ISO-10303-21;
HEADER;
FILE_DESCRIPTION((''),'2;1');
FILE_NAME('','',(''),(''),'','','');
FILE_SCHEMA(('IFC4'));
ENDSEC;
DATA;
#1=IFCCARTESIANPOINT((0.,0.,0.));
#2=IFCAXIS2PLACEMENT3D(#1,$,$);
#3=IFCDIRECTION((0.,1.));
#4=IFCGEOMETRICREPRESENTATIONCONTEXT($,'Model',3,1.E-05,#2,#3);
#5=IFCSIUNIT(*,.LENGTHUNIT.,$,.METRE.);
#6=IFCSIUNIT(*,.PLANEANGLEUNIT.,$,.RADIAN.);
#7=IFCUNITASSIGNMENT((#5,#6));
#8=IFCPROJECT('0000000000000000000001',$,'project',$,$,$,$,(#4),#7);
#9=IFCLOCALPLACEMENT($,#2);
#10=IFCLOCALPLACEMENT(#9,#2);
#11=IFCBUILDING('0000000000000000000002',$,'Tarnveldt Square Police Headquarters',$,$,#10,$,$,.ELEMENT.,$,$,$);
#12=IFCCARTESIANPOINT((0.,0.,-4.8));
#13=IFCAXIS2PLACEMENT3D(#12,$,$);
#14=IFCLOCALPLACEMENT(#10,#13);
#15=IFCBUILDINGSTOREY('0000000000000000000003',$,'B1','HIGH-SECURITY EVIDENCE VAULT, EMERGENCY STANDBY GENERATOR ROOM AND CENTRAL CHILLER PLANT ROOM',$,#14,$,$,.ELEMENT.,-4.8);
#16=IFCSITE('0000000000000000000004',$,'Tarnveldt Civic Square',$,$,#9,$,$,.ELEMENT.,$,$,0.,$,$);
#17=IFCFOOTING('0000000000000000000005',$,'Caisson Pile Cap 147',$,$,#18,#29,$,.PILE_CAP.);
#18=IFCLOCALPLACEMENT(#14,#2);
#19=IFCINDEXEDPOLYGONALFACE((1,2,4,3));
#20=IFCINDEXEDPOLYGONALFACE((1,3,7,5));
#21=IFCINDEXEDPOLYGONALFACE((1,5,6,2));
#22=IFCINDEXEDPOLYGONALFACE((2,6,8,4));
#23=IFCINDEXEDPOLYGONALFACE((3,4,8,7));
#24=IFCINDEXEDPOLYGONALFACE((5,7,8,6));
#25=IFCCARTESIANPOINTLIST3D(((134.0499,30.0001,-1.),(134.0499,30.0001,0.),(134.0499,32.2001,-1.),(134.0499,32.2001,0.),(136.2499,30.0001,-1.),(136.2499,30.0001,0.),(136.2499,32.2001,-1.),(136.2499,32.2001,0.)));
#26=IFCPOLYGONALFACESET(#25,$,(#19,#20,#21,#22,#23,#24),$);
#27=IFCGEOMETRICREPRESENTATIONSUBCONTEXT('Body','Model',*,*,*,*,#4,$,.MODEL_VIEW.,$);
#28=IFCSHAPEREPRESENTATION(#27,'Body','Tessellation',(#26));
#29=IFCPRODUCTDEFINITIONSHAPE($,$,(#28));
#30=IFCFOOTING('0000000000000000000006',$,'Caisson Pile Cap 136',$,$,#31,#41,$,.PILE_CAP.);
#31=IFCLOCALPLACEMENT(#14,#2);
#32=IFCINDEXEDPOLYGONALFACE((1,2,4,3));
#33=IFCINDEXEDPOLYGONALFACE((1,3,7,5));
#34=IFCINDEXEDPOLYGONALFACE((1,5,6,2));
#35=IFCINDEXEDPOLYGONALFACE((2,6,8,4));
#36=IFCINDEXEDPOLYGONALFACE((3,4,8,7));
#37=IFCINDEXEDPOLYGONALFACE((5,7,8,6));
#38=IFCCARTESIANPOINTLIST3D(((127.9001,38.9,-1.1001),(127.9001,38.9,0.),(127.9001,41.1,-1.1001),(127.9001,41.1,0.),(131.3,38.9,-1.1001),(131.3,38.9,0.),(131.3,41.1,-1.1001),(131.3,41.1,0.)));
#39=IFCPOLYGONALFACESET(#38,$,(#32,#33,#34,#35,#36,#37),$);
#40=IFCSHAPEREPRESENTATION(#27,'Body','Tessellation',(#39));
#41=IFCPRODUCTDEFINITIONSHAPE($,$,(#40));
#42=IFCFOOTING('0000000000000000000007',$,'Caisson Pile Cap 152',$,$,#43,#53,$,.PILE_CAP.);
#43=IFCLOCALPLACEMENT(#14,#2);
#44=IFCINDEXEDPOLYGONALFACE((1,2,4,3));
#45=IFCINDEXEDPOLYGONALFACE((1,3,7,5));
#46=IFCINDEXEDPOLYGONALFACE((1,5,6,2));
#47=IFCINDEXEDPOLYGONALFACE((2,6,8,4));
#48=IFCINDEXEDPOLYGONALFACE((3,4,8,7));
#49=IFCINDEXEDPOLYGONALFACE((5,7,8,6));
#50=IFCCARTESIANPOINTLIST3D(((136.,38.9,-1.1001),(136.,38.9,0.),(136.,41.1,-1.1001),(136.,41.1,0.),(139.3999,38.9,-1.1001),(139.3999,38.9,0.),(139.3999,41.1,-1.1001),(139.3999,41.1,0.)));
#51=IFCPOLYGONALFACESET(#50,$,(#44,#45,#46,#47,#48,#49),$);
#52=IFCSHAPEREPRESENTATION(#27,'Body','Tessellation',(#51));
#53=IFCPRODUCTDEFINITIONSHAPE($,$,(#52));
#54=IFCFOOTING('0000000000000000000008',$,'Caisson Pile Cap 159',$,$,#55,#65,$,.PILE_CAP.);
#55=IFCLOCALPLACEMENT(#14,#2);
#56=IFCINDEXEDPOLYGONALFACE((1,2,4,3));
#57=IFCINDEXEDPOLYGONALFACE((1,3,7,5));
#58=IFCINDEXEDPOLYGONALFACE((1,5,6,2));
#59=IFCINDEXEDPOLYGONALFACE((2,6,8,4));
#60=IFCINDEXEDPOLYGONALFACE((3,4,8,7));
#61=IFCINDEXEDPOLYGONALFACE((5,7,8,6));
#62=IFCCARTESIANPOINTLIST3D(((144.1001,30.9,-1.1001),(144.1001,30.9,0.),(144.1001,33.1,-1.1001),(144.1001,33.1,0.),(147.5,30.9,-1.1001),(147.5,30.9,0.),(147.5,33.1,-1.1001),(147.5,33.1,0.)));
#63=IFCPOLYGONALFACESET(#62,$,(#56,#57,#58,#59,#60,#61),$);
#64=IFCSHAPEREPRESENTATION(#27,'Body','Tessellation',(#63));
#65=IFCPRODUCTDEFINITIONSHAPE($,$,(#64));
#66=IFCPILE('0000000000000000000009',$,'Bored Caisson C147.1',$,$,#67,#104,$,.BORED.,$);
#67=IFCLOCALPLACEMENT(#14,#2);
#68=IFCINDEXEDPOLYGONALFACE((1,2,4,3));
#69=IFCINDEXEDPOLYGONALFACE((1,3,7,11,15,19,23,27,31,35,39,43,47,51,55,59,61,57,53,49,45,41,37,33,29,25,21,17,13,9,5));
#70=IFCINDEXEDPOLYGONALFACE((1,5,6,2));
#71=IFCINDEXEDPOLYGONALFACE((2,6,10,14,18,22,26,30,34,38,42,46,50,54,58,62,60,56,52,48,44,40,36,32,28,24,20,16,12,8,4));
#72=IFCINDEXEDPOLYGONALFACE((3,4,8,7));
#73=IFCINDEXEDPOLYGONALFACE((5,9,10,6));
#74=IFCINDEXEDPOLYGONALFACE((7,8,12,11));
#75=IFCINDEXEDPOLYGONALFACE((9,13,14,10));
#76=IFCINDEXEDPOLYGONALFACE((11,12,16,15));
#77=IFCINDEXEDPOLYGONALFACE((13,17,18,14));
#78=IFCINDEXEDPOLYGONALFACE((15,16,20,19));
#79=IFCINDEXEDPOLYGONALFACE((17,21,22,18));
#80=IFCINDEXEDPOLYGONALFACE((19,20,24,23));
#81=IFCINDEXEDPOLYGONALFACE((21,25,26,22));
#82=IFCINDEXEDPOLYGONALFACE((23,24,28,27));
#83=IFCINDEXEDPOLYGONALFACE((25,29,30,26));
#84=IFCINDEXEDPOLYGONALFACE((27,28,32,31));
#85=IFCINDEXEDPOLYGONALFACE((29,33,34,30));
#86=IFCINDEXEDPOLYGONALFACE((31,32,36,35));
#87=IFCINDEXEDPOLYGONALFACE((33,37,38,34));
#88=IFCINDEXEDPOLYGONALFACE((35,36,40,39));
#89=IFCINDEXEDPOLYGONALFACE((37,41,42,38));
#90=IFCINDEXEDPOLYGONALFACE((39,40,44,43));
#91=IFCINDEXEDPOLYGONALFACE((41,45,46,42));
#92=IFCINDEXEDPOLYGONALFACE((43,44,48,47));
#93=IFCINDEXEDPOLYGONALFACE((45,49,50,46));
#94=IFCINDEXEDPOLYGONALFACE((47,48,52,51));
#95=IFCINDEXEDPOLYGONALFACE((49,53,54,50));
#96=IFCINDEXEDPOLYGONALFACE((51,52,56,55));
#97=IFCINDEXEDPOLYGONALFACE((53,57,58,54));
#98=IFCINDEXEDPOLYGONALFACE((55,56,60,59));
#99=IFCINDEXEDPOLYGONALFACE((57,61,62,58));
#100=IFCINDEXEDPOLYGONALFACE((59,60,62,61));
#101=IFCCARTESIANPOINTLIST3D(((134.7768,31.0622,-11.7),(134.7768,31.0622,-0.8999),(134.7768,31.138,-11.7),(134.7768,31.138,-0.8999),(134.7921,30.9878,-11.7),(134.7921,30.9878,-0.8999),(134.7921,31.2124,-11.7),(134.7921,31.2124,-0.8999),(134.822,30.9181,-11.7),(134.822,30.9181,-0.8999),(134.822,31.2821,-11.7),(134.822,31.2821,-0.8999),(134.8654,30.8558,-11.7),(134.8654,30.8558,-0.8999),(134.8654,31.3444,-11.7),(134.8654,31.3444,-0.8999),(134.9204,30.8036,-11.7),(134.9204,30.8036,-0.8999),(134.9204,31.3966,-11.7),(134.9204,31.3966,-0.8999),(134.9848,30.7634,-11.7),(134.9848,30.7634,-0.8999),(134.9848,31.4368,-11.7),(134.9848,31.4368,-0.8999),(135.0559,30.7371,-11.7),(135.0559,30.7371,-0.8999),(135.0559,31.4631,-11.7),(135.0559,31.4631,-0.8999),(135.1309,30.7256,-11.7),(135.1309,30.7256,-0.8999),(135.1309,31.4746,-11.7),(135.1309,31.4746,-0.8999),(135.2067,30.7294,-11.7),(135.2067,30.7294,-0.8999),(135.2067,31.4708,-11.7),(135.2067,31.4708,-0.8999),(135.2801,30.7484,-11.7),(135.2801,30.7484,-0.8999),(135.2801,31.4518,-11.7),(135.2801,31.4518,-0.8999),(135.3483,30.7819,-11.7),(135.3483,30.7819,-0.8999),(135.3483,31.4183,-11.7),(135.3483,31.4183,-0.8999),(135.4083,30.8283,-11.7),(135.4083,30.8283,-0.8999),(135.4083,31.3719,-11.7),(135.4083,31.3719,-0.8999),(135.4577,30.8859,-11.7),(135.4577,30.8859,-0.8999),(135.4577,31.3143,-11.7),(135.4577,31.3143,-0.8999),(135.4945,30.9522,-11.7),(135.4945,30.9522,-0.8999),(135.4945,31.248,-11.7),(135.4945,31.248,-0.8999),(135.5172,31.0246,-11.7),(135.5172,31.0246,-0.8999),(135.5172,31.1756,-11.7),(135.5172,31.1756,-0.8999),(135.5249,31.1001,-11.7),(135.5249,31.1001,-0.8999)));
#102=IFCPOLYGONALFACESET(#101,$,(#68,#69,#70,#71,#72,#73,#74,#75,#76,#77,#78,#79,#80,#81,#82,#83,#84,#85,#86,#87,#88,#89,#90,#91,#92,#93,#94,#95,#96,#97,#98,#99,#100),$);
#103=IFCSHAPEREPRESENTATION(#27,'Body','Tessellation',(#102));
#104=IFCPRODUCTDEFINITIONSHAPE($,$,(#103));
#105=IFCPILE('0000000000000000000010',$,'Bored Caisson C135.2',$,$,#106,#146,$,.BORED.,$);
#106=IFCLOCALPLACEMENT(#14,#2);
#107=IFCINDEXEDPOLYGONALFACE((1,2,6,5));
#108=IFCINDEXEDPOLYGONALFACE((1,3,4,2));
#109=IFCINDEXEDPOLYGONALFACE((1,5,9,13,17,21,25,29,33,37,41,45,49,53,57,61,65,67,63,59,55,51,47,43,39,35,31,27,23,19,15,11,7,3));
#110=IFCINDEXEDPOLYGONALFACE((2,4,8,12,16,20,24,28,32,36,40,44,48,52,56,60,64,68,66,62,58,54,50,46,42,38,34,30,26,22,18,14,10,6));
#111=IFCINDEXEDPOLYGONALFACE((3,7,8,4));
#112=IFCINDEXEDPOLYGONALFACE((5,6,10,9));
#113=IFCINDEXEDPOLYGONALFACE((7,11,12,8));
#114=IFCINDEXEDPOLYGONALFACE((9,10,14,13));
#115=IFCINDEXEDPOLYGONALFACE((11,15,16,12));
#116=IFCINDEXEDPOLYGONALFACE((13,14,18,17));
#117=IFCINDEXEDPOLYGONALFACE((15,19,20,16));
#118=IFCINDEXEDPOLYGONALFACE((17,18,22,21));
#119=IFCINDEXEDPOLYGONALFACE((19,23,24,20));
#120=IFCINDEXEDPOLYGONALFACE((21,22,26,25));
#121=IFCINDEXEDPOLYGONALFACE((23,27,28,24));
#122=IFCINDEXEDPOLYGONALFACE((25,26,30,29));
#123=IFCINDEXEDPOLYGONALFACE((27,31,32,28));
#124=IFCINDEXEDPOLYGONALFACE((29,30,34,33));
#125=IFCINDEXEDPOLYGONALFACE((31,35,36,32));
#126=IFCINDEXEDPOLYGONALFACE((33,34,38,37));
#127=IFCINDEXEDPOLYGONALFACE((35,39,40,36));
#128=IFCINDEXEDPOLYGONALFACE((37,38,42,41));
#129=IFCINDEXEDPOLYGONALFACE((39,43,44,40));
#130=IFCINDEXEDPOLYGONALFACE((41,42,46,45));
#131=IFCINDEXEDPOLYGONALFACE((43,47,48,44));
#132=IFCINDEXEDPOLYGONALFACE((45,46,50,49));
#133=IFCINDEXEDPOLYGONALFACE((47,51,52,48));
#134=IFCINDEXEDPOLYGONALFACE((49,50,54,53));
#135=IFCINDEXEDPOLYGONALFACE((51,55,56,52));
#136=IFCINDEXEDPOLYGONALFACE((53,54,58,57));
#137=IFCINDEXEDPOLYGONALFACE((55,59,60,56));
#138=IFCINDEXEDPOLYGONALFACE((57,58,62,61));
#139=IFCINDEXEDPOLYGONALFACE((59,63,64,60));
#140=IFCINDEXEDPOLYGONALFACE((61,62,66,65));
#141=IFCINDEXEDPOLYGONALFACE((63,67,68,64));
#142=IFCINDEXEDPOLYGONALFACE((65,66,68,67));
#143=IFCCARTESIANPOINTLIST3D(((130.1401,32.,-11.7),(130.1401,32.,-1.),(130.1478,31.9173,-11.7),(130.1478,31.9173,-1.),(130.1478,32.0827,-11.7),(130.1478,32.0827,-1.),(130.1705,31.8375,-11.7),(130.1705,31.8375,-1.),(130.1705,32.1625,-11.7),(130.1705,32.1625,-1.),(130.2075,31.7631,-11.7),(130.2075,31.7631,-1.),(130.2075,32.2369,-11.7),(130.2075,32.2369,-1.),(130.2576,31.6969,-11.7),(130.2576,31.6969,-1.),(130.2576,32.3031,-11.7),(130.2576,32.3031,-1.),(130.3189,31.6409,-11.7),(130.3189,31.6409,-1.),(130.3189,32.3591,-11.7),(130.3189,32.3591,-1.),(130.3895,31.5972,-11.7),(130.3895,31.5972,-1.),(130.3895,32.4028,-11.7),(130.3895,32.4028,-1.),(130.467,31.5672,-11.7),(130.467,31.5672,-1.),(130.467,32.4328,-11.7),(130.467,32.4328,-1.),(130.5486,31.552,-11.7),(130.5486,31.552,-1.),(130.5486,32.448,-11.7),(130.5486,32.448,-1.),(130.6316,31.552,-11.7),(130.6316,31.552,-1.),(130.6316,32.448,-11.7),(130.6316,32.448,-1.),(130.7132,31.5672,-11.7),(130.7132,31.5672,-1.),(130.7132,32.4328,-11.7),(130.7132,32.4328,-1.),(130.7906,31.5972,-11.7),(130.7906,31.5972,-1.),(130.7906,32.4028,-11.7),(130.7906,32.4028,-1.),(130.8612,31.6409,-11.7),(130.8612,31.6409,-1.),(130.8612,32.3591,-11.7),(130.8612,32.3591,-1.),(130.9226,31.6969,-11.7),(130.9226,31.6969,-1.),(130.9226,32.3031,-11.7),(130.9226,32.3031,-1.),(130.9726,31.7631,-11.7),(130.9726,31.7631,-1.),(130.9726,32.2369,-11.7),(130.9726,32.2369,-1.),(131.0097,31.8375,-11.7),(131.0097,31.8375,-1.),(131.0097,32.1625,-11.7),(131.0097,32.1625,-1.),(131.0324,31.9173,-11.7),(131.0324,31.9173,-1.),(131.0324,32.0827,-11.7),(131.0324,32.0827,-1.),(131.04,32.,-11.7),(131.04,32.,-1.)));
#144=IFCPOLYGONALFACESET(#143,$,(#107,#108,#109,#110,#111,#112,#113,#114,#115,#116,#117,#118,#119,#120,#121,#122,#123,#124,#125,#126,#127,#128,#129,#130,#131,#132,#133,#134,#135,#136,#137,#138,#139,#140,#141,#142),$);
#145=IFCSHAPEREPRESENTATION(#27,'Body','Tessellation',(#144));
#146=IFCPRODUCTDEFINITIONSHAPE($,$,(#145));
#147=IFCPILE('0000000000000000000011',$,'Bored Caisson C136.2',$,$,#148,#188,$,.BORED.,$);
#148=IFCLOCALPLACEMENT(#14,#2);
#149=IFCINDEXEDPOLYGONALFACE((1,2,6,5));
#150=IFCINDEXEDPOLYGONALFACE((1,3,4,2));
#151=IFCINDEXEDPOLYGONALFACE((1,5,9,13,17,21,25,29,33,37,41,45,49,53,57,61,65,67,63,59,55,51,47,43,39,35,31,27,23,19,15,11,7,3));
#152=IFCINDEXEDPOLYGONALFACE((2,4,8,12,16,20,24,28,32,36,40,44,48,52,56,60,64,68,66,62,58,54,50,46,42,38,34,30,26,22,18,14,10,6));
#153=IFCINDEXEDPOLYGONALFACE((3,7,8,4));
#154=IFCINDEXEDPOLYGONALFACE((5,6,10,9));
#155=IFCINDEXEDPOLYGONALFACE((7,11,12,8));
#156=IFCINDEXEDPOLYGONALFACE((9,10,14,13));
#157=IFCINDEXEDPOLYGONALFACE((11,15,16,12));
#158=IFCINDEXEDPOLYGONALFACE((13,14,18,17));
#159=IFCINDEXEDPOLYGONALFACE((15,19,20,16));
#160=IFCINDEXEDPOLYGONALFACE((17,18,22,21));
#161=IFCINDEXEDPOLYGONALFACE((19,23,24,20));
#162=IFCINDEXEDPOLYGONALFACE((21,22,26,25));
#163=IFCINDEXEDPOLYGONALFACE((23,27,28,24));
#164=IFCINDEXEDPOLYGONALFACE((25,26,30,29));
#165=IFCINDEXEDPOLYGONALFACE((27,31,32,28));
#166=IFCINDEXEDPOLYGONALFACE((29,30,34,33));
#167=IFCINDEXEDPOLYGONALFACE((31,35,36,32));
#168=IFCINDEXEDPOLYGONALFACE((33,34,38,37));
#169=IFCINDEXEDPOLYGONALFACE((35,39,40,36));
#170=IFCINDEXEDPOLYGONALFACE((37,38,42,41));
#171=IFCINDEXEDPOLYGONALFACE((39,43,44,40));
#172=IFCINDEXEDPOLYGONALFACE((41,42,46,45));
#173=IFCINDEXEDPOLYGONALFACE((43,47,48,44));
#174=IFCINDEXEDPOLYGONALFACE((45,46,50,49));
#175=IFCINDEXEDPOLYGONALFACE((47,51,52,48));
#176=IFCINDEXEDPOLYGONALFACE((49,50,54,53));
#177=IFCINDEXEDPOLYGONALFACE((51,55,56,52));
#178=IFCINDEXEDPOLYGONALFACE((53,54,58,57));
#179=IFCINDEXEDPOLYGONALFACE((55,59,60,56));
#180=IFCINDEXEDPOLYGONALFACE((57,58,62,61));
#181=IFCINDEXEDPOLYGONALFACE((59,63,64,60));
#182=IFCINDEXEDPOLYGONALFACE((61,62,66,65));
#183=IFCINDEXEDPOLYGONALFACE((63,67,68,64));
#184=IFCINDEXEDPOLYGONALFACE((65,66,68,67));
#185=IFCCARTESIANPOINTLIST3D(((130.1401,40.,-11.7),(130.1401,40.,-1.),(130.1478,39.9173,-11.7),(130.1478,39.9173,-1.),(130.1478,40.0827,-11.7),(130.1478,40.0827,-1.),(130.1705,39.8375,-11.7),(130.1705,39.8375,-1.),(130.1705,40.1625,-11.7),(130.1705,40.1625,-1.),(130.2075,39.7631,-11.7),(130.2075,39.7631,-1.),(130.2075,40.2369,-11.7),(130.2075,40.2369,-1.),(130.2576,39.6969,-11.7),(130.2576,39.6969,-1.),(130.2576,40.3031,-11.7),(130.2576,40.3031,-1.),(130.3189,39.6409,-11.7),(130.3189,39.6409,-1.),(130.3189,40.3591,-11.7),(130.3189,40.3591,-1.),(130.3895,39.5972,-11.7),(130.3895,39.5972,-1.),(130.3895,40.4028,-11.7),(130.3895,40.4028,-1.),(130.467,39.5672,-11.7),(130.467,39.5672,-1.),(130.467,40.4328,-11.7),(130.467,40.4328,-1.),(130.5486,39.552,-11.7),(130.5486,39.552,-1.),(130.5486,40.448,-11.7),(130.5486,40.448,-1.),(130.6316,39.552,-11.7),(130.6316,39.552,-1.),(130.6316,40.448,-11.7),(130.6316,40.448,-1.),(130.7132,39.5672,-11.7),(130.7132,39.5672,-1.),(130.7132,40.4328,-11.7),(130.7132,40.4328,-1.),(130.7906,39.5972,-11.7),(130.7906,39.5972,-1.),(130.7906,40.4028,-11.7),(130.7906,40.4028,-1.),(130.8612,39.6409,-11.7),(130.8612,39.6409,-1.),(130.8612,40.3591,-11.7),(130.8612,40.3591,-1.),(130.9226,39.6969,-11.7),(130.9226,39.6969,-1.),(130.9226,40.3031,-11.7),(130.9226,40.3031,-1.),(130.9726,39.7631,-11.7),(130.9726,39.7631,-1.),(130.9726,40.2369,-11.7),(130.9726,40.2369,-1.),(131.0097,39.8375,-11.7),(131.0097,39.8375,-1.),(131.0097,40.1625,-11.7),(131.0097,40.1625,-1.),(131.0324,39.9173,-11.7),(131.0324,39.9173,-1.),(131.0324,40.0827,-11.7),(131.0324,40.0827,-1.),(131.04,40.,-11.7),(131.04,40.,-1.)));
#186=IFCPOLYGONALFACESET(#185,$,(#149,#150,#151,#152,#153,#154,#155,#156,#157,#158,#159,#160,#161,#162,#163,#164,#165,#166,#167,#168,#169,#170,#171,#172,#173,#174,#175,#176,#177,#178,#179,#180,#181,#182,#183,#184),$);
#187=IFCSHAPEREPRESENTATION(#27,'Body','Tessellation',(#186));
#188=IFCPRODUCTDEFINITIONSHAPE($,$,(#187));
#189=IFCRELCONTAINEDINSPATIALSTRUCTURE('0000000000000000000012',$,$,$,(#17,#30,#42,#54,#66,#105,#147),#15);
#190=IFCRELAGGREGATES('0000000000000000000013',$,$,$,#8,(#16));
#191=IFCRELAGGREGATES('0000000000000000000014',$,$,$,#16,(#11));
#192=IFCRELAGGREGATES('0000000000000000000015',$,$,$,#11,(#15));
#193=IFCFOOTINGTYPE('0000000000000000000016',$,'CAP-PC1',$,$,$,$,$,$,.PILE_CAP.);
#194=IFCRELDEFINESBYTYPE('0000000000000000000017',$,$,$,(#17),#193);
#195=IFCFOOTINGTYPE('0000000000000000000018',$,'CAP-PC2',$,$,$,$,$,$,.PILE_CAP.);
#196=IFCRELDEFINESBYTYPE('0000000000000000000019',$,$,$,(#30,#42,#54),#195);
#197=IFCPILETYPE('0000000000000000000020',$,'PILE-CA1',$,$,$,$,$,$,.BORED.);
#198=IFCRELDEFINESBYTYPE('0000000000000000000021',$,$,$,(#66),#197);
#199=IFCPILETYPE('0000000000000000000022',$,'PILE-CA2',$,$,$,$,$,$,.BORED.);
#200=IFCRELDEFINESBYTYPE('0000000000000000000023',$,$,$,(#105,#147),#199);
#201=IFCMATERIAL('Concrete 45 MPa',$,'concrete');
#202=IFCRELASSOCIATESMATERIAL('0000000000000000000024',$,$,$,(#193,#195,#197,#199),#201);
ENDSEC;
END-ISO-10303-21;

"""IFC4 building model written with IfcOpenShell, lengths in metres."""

from ifc_helpers import new_model, si_unit, direction, frame, origin, origin_2d, place, context, subcontext, project, spatial, rectangle, circle, extrude, material, material_profile, profile_set, type_object, element, save


model = new_model("IFC4")

# Units and contexts
model_context = context("Model", 3, precision=1e-05, world=origin(), true_north=direction((0.0, 1.0)))
body_context = subcontext(model_context, "Body", "Model", "MODEL_VIEW")
ifc_project = project(units=[si_unit("LENGTHUNIT", "METRE"), si_unit("PLANEANGLEUNIT", "RADIAN")], contexts=[model_context])

# Site, building, storey
site_placement = place(None, origin())
site = spatial("IfcSite", under=ifc_project, at=site_placement, Name="Tarnveldt Civic Square", CompositionType="ELEMENT", RefElevation=0.0)
building_placement = place(site_placement, origin())
building = spatial("IfcBuilding", under=site, at=building_placement, Name="Tarnveldt Square Police Headquarters", CompositionType="ELEMENT")
storey_placement = place(building_placement, frame((0.0, 0.0, -4.8)))
storey = spatial("IfcBuildingStorey", under=building, at=storey_placement, Name="B1", Description="HIGH-SECURITY EVIDENCE VAULT, EMERGENCY STANDBY GENERATOR ROOM AND CENTRAL CHILLER PLANT ROOM", CompositionType="ELEMENT", Elevation=-4.8)

# Footings
ifc_material_1 = material(Name="Concrete 45 MPa", Category="concrete")
footing_type_1 = type_object("IfcFootingType", Name="CAP-PC1", PredefinedType="PILE_CAP", material=ifc_material_1)
footing_placement = place(storey_placement, frame((135.1499, 31.1001, -1.0), z_axis=(0.0, 0.0, 1.0), x_axis=(1.0, 0.0, 0.0)))
element("IfcFooting", 1, at=footing_placement, inside=storey, type_object=footing_type_1, Name="Caisson Pile Cap 147", PredefinedType="PILE_CAP", context=body_context, shape_type="SweptSolid", body=[
    extrude(rectangle(XDim=2.2, YDim=2.2, at=origin_2d()), origin(), (0.0, 0.0, 1.0), 1.0),
])
footing_type_2 = type_object("IfcFootingType", Name="CAP-PC2", PredefinedType="PILE_CAP", material=ifc_material_1)
for number, where, z_axis, x_axis, name in (
    (2, (129.6001, 40.0, -1.1001), (0.0, 0.0, 1.0), (1.0, 0.0, 0.0), "Caisson Pile Cap 136"),
    (3, (137.7, 40.0, -1.1001), (0.0, 0.0, 1.0), (1.0, 0.0, 0.0), "Caisson Pile Cap 152"),
    (4, (145.8, 32.0, -1.1001), (0.0, 0.0, 1.0), (1.0, 0.0, 0.0), "Caisson Pile Cap 159"),
):
    element("IfcFooting", number, at=place(storey_placement, frame(where, z_axis=z_axis, x_axis=x_axis)), inside=storey, type_object=footing_type_2, Name=name, PredefinedType="PILE_CAP", context=body_context, shape_type="SweptSolid", body=[
        extrude(rectangle(XDim=3.3999, YDim=2.2, at=origin_2d()), origin(), (0.0, 0.0, 1.0), 1.1001),
    ])

# Piles
ifc_material_profile_1 = material_profile(ifc_material_1, circle(Radius=0.375, at=origin_2d()), Name="CAISSON-D750")
ifc_profile_set_1 = profile_set([ifc_material_profile_1], Name="Concrete 45 MPa")
pile_type_1 = type_object("IfcPileType", Name="PILE-CA1", PredefinedType="BORED", material=ifc_profile_set_1)
pile_placement = place(storey_placement, frame((135.1499, 31.1001, -0.8999), z_axis=(0.0, 0.0, -1.0), x_axis=(1.0, 0.0, 0.0)))
element("IfcPile", 5, at=pile_placement, inside=storey, type_object=pile_type_1, Name="Bored Caisson C147.1", PredefinedType="BORED", context=body_context, shape_type="SweptSolid", body=[
    extrude(circle(Radius=0.375, at=origin_2d()), origin(), (0.0, 0.0, 1.0), 10.8),
])
ifc_material_profile_2 = material_profile(ifc_material_1, circle(Radius=0.45, at=origin_2d()), Name="CAISSON-D900")
ifc_profile_set_2 = profile_set([ifc_material_profile_2], Name="Concrete 45 MPa")
pile_type_2 = type_object("IfcPileType", Name="PILE-CA2", PredefinedType="BORED", material=ifc_profile_set_2)
for number, where, z_axis, x_axis, name in (
    (6, (130.5901, 32.0, -1.0), (0.0, 0.0, -1.0), (1.0, 0.0, 0.0), "Bored Caisson C135.2"),
    (7, (130.5901, 40.0, -1.0), (0.0, 0.0, -1.0), (1.0, 0.0, 0.0), "Bored Caisson C136.2"),
):
    element("IfcPile", number, at=place(storey_placement, frame(where, z_axis=z_axis, x_axis=x_axis)), inside=storey, type_object=pile_type_2, Name=name, PredefinedType="BORED", context=body_context, shape_type="SweptSolid", body=[
        extrude(circle(Radius=0.45, at=origin_2d()), origin(), (0.0, 0.0, 1.0), 10.7),
    ])

save(model, "model.ifc")
